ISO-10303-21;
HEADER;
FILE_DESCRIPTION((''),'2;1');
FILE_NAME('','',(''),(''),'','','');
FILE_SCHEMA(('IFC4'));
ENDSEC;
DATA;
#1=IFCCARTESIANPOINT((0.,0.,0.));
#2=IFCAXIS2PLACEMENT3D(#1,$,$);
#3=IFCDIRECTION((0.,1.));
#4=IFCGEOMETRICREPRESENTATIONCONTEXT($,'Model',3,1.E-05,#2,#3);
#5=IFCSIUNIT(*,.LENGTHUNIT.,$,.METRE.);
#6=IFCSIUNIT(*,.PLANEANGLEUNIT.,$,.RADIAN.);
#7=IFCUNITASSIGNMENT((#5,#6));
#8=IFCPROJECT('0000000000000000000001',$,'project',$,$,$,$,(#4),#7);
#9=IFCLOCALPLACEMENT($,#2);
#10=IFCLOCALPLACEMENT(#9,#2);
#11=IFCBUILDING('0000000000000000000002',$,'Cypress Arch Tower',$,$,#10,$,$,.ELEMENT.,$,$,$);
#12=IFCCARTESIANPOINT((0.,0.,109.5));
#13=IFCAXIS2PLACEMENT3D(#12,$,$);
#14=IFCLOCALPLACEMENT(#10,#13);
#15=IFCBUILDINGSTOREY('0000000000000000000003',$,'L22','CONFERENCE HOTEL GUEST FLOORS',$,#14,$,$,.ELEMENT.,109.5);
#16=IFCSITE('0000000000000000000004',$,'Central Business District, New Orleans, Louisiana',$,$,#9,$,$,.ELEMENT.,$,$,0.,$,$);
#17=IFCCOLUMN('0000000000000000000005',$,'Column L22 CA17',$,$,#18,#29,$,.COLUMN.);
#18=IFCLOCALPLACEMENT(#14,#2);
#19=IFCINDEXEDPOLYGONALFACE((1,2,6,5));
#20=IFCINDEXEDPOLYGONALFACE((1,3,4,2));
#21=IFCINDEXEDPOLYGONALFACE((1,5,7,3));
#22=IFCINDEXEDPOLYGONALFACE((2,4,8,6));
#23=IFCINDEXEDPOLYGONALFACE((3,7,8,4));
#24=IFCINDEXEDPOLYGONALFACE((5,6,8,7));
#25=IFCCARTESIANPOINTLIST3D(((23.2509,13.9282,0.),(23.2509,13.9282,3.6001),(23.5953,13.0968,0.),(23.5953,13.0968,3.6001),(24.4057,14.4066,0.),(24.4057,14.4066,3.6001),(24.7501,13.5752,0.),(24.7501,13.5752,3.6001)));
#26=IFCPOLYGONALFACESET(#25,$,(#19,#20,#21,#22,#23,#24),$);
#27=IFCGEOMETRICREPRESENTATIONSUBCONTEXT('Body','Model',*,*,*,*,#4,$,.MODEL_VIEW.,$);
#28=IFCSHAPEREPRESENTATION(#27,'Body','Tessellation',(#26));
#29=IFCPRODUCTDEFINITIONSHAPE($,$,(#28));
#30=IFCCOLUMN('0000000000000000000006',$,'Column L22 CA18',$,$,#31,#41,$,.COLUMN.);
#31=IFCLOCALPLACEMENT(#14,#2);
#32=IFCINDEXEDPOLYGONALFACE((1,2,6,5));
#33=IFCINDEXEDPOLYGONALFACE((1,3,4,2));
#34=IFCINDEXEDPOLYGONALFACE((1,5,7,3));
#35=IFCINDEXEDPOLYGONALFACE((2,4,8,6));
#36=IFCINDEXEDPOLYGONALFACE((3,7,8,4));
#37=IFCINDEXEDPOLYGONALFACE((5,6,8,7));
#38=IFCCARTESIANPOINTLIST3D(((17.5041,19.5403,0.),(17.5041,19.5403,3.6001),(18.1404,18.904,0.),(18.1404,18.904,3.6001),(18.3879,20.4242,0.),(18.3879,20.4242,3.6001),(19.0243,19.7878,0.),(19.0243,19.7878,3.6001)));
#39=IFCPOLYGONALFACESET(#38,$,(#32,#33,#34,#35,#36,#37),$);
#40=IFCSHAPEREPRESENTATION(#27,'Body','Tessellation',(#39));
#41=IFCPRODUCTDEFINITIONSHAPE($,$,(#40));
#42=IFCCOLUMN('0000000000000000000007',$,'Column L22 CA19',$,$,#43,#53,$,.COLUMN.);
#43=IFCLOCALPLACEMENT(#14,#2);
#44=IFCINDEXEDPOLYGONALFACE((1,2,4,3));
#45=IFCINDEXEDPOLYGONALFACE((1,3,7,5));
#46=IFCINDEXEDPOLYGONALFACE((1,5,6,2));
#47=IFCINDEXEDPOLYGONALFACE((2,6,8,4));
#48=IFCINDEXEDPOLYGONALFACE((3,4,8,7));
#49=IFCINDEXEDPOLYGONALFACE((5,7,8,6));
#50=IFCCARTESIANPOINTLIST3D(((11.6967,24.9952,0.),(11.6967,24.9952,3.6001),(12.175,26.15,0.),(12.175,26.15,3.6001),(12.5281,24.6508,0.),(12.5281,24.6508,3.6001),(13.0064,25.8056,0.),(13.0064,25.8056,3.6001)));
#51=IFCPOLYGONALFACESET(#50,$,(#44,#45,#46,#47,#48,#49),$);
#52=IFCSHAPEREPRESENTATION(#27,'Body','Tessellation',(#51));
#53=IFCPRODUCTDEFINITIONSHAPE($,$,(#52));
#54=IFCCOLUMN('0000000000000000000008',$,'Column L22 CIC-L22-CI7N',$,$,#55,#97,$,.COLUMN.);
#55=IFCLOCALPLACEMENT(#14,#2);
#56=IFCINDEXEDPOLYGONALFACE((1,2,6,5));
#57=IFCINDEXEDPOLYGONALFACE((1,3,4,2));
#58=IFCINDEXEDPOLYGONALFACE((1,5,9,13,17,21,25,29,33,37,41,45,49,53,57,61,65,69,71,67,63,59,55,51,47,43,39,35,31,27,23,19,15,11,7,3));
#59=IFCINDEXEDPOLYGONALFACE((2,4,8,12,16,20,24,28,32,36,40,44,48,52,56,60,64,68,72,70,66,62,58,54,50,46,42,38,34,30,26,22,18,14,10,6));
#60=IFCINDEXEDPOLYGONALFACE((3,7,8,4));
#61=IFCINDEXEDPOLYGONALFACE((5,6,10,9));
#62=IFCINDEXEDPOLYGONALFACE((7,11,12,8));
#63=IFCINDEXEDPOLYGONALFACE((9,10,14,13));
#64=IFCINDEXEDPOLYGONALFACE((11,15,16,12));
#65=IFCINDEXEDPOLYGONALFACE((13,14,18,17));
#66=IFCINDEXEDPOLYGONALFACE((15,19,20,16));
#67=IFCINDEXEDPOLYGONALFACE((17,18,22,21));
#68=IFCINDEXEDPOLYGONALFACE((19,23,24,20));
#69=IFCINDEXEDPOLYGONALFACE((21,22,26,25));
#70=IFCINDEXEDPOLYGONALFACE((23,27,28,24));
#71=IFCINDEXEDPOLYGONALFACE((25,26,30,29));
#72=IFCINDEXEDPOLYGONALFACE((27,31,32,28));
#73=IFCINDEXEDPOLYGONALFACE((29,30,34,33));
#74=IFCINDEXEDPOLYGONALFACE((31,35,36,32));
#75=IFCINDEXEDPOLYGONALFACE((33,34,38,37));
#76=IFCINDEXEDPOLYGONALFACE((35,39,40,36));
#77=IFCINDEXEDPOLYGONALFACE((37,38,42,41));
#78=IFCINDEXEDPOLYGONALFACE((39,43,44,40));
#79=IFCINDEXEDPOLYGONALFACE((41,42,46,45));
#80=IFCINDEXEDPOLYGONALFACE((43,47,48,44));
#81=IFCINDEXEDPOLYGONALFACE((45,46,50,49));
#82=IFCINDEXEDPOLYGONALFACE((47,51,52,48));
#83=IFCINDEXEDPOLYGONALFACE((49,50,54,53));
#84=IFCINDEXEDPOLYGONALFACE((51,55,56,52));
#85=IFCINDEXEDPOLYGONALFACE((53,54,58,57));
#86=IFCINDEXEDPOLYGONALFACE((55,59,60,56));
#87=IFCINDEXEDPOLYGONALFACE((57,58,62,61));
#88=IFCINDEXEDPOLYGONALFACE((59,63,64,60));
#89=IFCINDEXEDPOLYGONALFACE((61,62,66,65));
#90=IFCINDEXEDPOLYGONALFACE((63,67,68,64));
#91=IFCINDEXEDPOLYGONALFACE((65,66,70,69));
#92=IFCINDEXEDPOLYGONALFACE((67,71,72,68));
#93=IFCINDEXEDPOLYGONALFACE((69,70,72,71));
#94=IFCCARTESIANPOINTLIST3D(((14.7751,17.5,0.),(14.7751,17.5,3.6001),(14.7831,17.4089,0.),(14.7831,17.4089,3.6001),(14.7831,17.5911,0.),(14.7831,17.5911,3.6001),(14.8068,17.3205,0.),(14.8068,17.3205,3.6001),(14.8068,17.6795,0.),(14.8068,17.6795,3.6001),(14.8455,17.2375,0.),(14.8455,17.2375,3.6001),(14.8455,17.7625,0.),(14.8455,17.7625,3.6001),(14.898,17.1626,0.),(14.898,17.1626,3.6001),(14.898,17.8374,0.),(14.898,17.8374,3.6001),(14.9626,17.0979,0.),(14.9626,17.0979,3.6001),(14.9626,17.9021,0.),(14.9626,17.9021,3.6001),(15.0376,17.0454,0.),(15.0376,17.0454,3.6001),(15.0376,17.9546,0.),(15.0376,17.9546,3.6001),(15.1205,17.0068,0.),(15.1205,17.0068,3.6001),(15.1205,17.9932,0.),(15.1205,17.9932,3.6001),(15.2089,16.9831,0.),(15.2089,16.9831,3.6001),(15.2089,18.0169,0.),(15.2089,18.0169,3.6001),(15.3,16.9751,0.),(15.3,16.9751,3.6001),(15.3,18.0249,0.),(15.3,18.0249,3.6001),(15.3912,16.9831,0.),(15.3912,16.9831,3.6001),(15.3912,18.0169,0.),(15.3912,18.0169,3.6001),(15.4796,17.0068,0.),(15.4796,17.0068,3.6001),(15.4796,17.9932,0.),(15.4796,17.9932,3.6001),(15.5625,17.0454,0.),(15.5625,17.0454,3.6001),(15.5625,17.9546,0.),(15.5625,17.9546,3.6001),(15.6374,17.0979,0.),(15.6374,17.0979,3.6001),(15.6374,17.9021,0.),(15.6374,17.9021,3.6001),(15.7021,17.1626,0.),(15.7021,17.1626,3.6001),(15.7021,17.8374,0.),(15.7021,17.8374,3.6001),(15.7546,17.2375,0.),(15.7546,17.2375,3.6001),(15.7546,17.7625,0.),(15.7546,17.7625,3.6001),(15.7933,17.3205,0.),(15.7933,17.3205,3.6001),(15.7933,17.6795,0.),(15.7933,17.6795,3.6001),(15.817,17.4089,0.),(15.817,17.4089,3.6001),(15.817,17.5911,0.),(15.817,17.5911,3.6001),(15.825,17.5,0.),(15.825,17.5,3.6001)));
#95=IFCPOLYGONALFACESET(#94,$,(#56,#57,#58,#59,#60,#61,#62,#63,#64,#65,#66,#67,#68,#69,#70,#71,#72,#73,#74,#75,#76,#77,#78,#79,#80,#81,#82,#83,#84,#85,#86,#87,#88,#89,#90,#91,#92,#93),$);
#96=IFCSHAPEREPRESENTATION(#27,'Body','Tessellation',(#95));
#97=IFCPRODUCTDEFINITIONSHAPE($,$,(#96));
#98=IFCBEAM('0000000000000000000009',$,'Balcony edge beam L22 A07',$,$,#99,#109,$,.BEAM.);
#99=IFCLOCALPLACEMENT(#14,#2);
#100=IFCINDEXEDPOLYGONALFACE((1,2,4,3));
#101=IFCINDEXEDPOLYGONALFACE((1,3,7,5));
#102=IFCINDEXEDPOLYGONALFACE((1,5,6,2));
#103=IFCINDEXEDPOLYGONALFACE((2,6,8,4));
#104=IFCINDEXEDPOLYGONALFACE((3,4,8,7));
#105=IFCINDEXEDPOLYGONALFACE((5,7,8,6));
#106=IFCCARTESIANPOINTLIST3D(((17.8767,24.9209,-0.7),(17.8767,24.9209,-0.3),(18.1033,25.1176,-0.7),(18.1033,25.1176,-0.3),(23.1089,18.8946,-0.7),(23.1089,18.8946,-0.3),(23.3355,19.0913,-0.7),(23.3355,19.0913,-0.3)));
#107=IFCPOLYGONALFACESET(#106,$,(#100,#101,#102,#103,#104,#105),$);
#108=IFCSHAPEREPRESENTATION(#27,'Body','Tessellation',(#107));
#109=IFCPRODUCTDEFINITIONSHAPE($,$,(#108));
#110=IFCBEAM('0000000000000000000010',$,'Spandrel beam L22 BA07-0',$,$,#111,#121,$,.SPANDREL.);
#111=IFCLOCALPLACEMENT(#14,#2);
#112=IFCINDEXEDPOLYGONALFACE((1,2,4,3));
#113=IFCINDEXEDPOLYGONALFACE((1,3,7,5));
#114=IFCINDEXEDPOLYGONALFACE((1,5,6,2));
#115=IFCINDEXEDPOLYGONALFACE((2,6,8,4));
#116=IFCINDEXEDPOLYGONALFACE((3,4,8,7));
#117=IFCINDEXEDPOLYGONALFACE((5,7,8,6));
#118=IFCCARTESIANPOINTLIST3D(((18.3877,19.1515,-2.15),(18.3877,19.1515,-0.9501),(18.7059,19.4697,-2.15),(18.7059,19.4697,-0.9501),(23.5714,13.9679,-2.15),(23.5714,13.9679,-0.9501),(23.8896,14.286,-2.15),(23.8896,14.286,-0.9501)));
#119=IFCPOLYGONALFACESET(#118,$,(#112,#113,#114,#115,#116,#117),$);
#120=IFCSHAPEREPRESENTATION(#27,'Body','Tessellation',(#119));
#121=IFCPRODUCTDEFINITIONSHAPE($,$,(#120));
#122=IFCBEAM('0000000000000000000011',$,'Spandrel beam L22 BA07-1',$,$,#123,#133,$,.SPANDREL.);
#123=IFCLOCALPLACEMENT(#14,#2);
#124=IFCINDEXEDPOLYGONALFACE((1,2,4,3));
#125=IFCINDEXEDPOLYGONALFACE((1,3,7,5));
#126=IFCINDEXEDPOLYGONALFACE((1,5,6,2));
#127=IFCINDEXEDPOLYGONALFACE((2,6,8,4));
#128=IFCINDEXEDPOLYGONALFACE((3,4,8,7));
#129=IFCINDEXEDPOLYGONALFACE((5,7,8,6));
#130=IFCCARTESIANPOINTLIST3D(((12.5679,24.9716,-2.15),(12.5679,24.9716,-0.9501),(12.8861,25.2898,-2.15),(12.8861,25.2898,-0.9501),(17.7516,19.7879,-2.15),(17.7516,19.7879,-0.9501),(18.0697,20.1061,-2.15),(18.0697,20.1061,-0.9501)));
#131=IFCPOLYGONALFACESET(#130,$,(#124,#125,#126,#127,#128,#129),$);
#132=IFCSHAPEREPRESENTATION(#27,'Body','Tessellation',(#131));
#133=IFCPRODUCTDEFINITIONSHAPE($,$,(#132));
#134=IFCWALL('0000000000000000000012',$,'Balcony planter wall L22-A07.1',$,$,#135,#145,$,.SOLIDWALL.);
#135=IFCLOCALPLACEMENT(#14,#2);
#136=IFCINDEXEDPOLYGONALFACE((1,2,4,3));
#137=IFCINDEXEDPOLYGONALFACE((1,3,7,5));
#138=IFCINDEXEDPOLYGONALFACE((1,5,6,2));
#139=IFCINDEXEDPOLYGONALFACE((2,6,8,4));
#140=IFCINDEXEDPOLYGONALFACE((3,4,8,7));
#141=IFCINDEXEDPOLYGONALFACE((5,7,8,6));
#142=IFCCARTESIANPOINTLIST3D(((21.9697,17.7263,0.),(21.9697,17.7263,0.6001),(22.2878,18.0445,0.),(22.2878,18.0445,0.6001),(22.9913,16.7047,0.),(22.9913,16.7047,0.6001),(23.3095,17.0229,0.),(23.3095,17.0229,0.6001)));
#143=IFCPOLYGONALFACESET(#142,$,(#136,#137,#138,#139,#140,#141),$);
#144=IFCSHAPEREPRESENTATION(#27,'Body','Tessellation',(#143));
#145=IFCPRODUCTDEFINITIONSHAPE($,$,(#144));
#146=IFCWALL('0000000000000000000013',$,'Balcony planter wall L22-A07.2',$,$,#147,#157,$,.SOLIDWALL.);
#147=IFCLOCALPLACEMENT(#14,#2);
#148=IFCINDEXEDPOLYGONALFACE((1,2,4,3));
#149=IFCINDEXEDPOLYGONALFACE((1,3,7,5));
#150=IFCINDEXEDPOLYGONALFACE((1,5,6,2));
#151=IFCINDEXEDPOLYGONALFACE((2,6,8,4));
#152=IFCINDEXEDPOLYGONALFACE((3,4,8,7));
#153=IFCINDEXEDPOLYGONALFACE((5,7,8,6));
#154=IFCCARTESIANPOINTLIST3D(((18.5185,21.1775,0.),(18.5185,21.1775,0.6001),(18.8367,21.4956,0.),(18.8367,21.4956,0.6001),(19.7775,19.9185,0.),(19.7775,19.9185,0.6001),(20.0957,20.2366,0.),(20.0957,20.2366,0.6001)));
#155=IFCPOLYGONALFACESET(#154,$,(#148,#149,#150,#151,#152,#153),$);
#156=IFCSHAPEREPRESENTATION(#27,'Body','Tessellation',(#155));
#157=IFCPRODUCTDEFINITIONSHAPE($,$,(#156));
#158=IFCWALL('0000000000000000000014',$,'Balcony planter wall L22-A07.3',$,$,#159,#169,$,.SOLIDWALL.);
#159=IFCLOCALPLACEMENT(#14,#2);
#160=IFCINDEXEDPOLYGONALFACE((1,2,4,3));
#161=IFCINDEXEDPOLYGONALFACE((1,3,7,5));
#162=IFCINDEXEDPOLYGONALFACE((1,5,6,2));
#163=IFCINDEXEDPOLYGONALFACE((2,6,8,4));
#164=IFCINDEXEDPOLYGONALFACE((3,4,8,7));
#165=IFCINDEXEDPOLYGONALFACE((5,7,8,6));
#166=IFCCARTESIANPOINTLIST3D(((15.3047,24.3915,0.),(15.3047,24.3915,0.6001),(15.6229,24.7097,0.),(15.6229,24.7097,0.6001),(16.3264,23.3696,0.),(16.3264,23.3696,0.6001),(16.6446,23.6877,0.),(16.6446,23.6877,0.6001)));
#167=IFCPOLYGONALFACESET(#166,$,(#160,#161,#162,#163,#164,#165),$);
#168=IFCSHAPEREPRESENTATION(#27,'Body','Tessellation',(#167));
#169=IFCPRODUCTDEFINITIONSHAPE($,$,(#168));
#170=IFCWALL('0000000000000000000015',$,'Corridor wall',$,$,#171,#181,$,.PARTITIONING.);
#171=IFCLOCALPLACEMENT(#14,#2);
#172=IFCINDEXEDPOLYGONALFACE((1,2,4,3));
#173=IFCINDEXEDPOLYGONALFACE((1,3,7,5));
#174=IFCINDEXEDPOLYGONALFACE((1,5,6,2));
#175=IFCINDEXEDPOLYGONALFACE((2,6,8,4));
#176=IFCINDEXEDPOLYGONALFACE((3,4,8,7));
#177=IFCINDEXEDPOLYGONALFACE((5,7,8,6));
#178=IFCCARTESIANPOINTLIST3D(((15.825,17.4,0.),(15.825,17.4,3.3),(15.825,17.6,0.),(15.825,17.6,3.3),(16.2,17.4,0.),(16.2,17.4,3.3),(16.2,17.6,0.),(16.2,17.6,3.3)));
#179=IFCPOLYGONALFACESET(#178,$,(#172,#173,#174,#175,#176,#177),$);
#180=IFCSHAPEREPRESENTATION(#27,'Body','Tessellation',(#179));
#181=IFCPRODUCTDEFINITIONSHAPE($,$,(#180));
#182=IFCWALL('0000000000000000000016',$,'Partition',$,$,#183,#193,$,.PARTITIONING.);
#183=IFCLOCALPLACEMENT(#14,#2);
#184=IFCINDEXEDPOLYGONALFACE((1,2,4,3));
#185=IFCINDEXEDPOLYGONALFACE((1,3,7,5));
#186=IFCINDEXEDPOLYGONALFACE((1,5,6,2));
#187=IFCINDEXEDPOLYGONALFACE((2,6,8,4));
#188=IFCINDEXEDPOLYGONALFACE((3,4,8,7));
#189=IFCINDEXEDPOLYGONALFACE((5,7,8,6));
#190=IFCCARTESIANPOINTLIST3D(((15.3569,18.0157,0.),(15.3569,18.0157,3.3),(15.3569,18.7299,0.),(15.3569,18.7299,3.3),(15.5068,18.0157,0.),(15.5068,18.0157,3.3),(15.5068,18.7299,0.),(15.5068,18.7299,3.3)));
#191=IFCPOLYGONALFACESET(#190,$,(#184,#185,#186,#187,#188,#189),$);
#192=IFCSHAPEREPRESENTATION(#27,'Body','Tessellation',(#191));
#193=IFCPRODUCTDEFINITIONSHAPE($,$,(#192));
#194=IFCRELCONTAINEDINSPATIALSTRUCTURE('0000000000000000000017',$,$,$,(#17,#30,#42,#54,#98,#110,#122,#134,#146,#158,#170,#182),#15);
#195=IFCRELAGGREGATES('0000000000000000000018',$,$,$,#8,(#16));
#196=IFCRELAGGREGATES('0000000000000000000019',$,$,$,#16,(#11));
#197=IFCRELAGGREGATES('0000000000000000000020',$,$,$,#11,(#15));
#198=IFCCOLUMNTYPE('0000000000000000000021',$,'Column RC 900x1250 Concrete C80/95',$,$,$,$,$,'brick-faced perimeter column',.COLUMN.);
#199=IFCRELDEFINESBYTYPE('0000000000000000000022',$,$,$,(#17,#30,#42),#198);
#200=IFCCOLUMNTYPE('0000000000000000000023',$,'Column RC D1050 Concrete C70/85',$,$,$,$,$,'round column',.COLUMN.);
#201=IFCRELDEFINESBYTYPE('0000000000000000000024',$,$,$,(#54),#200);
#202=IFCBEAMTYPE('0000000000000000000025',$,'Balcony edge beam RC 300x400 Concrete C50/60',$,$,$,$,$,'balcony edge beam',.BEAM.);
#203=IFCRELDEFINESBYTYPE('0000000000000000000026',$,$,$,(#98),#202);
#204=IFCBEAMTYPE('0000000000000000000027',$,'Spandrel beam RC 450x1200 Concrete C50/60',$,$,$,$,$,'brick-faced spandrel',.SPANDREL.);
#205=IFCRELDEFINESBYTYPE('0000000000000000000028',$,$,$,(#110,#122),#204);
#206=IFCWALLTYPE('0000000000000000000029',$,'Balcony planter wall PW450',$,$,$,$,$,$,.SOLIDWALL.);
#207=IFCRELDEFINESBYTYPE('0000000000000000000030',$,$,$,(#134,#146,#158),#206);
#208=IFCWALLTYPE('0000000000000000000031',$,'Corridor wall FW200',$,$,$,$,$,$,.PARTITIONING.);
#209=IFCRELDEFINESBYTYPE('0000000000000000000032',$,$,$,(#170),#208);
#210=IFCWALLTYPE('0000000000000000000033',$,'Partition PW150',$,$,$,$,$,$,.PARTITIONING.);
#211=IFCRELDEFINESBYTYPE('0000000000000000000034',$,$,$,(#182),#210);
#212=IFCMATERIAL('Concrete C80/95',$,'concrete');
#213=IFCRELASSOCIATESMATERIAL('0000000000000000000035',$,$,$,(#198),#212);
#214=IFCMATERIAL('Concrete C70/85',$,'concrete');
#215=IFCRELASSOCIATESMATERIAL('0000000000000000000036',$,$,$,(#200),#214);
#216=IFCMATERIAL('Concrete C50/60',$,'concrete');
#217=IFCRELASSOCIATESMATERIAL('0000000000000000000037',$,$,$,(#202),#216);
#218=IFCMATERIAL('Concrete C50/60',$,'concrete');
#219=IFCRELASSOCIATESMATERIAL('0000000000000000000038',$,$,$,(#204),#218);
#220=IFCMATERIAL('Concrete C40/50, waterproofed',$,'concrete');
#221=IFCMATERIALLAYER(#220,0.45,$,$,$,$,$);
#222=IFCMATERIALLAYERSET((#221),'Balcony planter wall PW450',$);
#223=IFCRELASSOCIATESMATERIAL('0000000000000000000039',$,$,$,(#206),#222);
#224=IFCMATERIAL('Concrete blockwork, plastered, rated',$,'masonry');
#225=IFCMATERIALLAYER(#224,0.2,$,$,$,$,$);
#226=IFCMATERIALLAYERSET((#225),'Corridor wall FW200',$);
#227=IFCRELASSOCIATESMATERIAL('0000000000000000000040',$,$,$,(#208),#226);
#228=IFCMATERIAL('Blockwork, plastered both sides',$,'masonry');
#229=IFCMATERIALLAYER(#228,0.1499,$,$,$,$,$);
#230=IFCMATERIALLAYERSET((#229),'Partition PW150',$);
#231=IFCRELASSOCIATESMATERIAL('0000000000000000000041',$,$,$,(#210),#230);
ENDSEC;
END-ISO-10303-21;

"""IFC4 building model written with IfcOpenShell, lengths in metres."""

from ifc_helpers import new_model, si_unit, direction, frame, frame_2d, origin, origin_2d, place, context, subcontext, project, spatial, rectangle, circle, extrude, material, layer, layer_set, material_profile, profile_set, type_object, element, save


model = new_model("IFC4")

# Units and contexts
model_context = context("Model", 3, precision=1e-05, world=origin(), true_north=direction((0.0, 1.0)))
body_context = subcontext(model_context, "Body", "Model", "MODEL_VIEW")
ifc_project = project(units=[si_unit("LENGTHUNIT", "METRE"), si_unit("PLANEANGLEUNIT", "RADIAN")], contexts=[model_context])

# Site, building, storey
site_placement = place(None, origin())
site = spatial("IfcSite", under=ifc_project, at=site_placement, Name="Central Business District, New Orleans, Louisiana", CompositionType="ELEMENT", RefElevation=0.0)
building_placement = place(site_placement, origin())
building = spatial("IfcBuilding", under=site, at=building_placement, Name="Cypress Arch Tower", CompositionType="ELEMENT")
storey_placement = place(building_placement, frame((0.0, 0.0, 109.5)))
storey = spatial("IfcBuildingStorey", under=building, at=storey_placement, Name="L22", Description="CONFERENCE HOTEL GUEST FLOORS", CompositionType="ELEMENT", Elevation=109.5)

# Columns
ifc_material_1 = material(Name="Concrete C80/95", Category="concrete")
ifc_material_profile_1 = material_profile(ifc_material_1, rectangle(XDim=0.8999, YDim=1.25, at=origin_2d()), Name="RC 900x1250")
ifc_profile_set_1 = profile_set([ifc_material_profile_1], Name="Concrete C80/95")
column_type_1 = type_object("IfcColumnType", Name="Column RC 900x1250 Concrete C80/95", ElementType="brick-faced perimeter column", PredefinedType="COLUMN", material=ifc_profile_set_1)
for number, where, z_axis, x_axis, name in (
    (1, (24.0005, 13.7517, 0.0), (0.0, 0.0, 1.0), (-0.382683, 0.92388, 0.0), "Column L22 CA17"),
    (2, (18.2642, 19.6641, 0.0), (0.0, 0.0, 1.0), (-0.707107, 0.707107, 0.0), "Column L22 CA18"),
    (3, (12.3516, 25.4004, 0.0), (0.0, 0.0, 1.0), (-0.92388, 0.382683, 0.0), "Column L22 CA19"),
):
    element("IfcColumn", number, at=place(storey_placement, frame(where, z_axis=z_axis, x_axis=x_axis)), inside=storey, type_object=column_type_1, Name=name, PredefinedType="COLUMN", context=body_context, shape_type="SweptSolid", body=[
        extrude(rectangle(XDim=0.8999, YDim=1.25, at=origin_2d()), origin(), (0.0, 0.0, 1.0), 3.6001),
    ])
ifc_material_2 = material(Name="Concrete C70/85", Category="concrete")
ifc_material_profile_2 = material_profile(ifc_material_2, circle(Radius=0.5249, at=origin_2d()), Name="RC D1050")
ifc_profile_set_2 = profile_set([ifc_material_profile_2], Name="Concrete C70/85")
column_type_2 = type_object("IfcColumnType", Name="Column RC D1050 Concrete C70/85", ElementType="round column", PredefinedType="COLUMN", material=ifc_profile_set_2)
column_placement = place(storey_placement, frame((15.3, 17.5, 0.0), z_axis=(0.0, 0.0, 1.0), x_axis=(1.0, 0.0, 0.0)))
element("IfcColumn", 4, at=column_placement, inside=storey, type_object=column_type_2, Name="Column L22 CIC-L22-CI7N", PredefinedType="COLUMN", context=body_context, shape_type="SweptSolid", body=[
    extrude(circle(Radius=0.5249, at=origin_2d()), origin(), (0.0, 0.0, 1.0), 3.6001),
])

# Beams
ifc_material_3 = material(Name="Concrete C50/60", Category="concrete")
ifc_material_profile_3 = material_profile(ifc_material_3, rectangle(XDim=0.3, YDim=0.3999, at=origin_2d()), Name="RC 300x400")
ifc_profile_set_3 = profile_set([ifc_material_profile_3], Name="Concrete C50/60")
beam_type_1 = type_object("IfcBeamType", Name="Balcony edge beam RC 300x400 Concrete C50/60", ElementType="balcony edge beam", PredefinedType="BEAM", material=ifc_profile_set_3)
beam_placement = place(storey_placement, frame((23.2222, 18.9929, -0.5), z_axis=(-0.655598, 0.75511, 0.0), x_axis=(-0.75511, -0.655598, 0.0)))
element("IfcBeam", 5, at=beam_placement, inside=storey, type_object=beam_type_1, Name="Balcony edge beam L22 A07", PredefinedType="BEAM", context=body_context, shape_type="SweptSolid", body=[
    extrude(rectangle(XDim=0.3, YDim=0.3999, at=origin_2d()), origin(), (0.0, 0.0, 1.0), 7.9807),
])
ifc_material_4 = material(Name="Concrete C50/60", Category="concrete")
ifc_material_profile_4 = material_profile(ifc_material_4, rectangle(XDim=0.45, YDim=1.2, at=origin_2d()), Name="RC 450x1200")
ifc_profile_set_4 = profile_set([ifc_material_profile_4], Name="Concrete C50/60")
beam_type_2 = type_object("IfcBeamType", Name="Spandrel beam RC 450x1200 Concrete C50/60", ElementType="brick-faced spandrel", PredefinedType="SPANDREL", material=ifc_profile_set_4)
for number, where, z_axis, x_axis, name in (
    (6, (23.7305, 14.127, -1.55), (-0.707107, 0.707107, 0.0), (-0.707107, -0.707107, 0.0), "Spandrel beam L22 BA07-0"),
    (7, (17.9106, 19.947, -1.55), (-0.707107, 0.707107, 0.0), (-0.707107, -0.707107, 0.0), "Spandrel beam L22 BA07-1"),
):
    element("IfcBeam", number, at=place(storey_placement, frame(where, z_axis=z_axis, x_axis=x_axis)), inside=storey, type_object=beam_type_2, Name=name, PredefinedType="SPANDREL", context=body_context, shape_type="SweptSolid", body=[
        extrude(rectangle(XDim=0.45, YDim=1.2, at=origin_2d()), origin(), (0.0, 0.0, 1.0), 7.3308),
    ])

# Walls
ifc_material_5 = material(Name="Concrete C40/50, waterproofed", Category="concrete")
ifc_layer_1 = layer(ifc_material_5, 0.45)
ifc_layer_set_1 = layer_set([ifc_layer_1], Name="Balcony planter wall PW450")
wall_type_1 = type_object("IfcWallType", Name="Balcony planter wall PW450", PredefinedType="SOLIDWALL", material=ifc_layer_set_1)
wall_1_placement = place(storey_placement, frame((23.1504, 16.8638, 0.0), z_axis=(0.0, 0.0, 1.0), x_axis=(-0.707107, 0.707107, 0.0)))
element("IfcWall", 8, at=wall_1_placement, inside=storey, type_object=wall_type_1, Name="Balcony planter wall L22-A07.1", PredefinedType="SOLIDWALL", context=body_context, shape_type="SweptSolid", body=[
    extrude(rectangle(XDim=1.4448, YDim=0.45, at=frame_2d((0.7224, 0.0))), origin(), (0.0, 0.0, 1.0), 0.6001),
])
wall_2_placement = place(storey_placement, frame((19.9365, 20.0776, 0.0), z_axis=(0.0, 0.0, 1.0), x_axis=(-0.707107, 0.707107, 0.0)))
element("IfcWall", 9, at=wall_2_placement, inside=storey, type_object=wall_type_1, Name="Balcony planter wall L22-A07.2", PredefinedType="SOLIDWALL", context=body_context, shape_type="SweptSolid", body=[
    extrude(rectangle(XDim=1.7805, YDim=0.45, at=frame_2d((0.8901, 0.0))), origin(), (0.0, 0.0, 1.0), 0.6001),
])
wall_3_placement = place(storey_placement, frame((16.4856, 23.5286, 0.0), z_axis=(0.0, 0.0, 1.0), x_axis=(-0.707022, 0.707191, 0.0)))
element("IfcWall", 10, at=wall_3_placement, inside=storey, type_object=wall_type_1, Name="Balcony planter wall L22-A07.3", PredefinedType="SOLIDWALL", context=body_context, shape_type="SweptSolid", body=[
    extrude(rectangle(XDim=1.4451, YDim=0.45, at=frame_2d((0.7227, 0.0))), origin(), (0.0, 0.0, 1.0), 0.6001),
])

# Walls
ifc_material_6 = material(Name="Concrete blockwork, plastered, rated", Category="masonry")
ifc_layer_2 = layer(ifc_material_6, 0.2)
ifc_layer_set_2 = layer_set([ifc_layer_2], Name="Corridor wall FW200")
wall_type_2 = type_object("IfcWallType", Name="Corridor wall FW200", PredefinedType="PARTITIONING", material=ifc_layer_set_2)
wall_4_placement = place(storey_placement, frame((15.825, 17.5, 0.0), z_axis=(0.0, 0.0, 1.0), x_axis=(1.0, 0.0, 0.0)))
element("IfcWall", 11, at=wall_4_placement, inside=storey, type_object=wall_type_2, Name="Corridor wall", PredefinedType="PARTITIONING", context=body_context, shape_type="SweptSolid", body=[
    extrude(rectangle(XDim=0.375, YDim=0.2, at=frame_2d((0.1875, 0.0))), origin(), (0.0, 0.0, 1.0), 3.3),
])
ifc_material_7 = material(Name="Blockwork, plastered both sides", Category="masonry")
ifc_layer_3 = layer(ifc_material_7, 0.1499)
ifc_layer_set_3 = layer_set([ifc_layer_3], Name="Partition PW150")
wall_type_3 = type_object("IfcWallType", Name="Partition PW150", PredefinedType="PARTITIONING", material=ifc_layer_set_3)
wall_5_placement = place(storey_placement, frame((15.4319, 18.0159, 0.0), z_axis=(0.0, 0.0, 1.0), x_axis=(0.0, 1.0, 0.0)))
element("IfcWall", 12, at=wall_5_placement, inside=storey, type_object=wall_type_3, Name="Partition", PredefinedType="PARTITIONING", context=body_context, shape_type="SweptSolid", body=[
    extrude(rectangle(XDim=0.7141, YDim=0.1499, at=frame_2d((0.3569, 0.0))), origin(), (0.0, 0.0, 1.0), 3.3),
])

save(model, "model.ifc")
